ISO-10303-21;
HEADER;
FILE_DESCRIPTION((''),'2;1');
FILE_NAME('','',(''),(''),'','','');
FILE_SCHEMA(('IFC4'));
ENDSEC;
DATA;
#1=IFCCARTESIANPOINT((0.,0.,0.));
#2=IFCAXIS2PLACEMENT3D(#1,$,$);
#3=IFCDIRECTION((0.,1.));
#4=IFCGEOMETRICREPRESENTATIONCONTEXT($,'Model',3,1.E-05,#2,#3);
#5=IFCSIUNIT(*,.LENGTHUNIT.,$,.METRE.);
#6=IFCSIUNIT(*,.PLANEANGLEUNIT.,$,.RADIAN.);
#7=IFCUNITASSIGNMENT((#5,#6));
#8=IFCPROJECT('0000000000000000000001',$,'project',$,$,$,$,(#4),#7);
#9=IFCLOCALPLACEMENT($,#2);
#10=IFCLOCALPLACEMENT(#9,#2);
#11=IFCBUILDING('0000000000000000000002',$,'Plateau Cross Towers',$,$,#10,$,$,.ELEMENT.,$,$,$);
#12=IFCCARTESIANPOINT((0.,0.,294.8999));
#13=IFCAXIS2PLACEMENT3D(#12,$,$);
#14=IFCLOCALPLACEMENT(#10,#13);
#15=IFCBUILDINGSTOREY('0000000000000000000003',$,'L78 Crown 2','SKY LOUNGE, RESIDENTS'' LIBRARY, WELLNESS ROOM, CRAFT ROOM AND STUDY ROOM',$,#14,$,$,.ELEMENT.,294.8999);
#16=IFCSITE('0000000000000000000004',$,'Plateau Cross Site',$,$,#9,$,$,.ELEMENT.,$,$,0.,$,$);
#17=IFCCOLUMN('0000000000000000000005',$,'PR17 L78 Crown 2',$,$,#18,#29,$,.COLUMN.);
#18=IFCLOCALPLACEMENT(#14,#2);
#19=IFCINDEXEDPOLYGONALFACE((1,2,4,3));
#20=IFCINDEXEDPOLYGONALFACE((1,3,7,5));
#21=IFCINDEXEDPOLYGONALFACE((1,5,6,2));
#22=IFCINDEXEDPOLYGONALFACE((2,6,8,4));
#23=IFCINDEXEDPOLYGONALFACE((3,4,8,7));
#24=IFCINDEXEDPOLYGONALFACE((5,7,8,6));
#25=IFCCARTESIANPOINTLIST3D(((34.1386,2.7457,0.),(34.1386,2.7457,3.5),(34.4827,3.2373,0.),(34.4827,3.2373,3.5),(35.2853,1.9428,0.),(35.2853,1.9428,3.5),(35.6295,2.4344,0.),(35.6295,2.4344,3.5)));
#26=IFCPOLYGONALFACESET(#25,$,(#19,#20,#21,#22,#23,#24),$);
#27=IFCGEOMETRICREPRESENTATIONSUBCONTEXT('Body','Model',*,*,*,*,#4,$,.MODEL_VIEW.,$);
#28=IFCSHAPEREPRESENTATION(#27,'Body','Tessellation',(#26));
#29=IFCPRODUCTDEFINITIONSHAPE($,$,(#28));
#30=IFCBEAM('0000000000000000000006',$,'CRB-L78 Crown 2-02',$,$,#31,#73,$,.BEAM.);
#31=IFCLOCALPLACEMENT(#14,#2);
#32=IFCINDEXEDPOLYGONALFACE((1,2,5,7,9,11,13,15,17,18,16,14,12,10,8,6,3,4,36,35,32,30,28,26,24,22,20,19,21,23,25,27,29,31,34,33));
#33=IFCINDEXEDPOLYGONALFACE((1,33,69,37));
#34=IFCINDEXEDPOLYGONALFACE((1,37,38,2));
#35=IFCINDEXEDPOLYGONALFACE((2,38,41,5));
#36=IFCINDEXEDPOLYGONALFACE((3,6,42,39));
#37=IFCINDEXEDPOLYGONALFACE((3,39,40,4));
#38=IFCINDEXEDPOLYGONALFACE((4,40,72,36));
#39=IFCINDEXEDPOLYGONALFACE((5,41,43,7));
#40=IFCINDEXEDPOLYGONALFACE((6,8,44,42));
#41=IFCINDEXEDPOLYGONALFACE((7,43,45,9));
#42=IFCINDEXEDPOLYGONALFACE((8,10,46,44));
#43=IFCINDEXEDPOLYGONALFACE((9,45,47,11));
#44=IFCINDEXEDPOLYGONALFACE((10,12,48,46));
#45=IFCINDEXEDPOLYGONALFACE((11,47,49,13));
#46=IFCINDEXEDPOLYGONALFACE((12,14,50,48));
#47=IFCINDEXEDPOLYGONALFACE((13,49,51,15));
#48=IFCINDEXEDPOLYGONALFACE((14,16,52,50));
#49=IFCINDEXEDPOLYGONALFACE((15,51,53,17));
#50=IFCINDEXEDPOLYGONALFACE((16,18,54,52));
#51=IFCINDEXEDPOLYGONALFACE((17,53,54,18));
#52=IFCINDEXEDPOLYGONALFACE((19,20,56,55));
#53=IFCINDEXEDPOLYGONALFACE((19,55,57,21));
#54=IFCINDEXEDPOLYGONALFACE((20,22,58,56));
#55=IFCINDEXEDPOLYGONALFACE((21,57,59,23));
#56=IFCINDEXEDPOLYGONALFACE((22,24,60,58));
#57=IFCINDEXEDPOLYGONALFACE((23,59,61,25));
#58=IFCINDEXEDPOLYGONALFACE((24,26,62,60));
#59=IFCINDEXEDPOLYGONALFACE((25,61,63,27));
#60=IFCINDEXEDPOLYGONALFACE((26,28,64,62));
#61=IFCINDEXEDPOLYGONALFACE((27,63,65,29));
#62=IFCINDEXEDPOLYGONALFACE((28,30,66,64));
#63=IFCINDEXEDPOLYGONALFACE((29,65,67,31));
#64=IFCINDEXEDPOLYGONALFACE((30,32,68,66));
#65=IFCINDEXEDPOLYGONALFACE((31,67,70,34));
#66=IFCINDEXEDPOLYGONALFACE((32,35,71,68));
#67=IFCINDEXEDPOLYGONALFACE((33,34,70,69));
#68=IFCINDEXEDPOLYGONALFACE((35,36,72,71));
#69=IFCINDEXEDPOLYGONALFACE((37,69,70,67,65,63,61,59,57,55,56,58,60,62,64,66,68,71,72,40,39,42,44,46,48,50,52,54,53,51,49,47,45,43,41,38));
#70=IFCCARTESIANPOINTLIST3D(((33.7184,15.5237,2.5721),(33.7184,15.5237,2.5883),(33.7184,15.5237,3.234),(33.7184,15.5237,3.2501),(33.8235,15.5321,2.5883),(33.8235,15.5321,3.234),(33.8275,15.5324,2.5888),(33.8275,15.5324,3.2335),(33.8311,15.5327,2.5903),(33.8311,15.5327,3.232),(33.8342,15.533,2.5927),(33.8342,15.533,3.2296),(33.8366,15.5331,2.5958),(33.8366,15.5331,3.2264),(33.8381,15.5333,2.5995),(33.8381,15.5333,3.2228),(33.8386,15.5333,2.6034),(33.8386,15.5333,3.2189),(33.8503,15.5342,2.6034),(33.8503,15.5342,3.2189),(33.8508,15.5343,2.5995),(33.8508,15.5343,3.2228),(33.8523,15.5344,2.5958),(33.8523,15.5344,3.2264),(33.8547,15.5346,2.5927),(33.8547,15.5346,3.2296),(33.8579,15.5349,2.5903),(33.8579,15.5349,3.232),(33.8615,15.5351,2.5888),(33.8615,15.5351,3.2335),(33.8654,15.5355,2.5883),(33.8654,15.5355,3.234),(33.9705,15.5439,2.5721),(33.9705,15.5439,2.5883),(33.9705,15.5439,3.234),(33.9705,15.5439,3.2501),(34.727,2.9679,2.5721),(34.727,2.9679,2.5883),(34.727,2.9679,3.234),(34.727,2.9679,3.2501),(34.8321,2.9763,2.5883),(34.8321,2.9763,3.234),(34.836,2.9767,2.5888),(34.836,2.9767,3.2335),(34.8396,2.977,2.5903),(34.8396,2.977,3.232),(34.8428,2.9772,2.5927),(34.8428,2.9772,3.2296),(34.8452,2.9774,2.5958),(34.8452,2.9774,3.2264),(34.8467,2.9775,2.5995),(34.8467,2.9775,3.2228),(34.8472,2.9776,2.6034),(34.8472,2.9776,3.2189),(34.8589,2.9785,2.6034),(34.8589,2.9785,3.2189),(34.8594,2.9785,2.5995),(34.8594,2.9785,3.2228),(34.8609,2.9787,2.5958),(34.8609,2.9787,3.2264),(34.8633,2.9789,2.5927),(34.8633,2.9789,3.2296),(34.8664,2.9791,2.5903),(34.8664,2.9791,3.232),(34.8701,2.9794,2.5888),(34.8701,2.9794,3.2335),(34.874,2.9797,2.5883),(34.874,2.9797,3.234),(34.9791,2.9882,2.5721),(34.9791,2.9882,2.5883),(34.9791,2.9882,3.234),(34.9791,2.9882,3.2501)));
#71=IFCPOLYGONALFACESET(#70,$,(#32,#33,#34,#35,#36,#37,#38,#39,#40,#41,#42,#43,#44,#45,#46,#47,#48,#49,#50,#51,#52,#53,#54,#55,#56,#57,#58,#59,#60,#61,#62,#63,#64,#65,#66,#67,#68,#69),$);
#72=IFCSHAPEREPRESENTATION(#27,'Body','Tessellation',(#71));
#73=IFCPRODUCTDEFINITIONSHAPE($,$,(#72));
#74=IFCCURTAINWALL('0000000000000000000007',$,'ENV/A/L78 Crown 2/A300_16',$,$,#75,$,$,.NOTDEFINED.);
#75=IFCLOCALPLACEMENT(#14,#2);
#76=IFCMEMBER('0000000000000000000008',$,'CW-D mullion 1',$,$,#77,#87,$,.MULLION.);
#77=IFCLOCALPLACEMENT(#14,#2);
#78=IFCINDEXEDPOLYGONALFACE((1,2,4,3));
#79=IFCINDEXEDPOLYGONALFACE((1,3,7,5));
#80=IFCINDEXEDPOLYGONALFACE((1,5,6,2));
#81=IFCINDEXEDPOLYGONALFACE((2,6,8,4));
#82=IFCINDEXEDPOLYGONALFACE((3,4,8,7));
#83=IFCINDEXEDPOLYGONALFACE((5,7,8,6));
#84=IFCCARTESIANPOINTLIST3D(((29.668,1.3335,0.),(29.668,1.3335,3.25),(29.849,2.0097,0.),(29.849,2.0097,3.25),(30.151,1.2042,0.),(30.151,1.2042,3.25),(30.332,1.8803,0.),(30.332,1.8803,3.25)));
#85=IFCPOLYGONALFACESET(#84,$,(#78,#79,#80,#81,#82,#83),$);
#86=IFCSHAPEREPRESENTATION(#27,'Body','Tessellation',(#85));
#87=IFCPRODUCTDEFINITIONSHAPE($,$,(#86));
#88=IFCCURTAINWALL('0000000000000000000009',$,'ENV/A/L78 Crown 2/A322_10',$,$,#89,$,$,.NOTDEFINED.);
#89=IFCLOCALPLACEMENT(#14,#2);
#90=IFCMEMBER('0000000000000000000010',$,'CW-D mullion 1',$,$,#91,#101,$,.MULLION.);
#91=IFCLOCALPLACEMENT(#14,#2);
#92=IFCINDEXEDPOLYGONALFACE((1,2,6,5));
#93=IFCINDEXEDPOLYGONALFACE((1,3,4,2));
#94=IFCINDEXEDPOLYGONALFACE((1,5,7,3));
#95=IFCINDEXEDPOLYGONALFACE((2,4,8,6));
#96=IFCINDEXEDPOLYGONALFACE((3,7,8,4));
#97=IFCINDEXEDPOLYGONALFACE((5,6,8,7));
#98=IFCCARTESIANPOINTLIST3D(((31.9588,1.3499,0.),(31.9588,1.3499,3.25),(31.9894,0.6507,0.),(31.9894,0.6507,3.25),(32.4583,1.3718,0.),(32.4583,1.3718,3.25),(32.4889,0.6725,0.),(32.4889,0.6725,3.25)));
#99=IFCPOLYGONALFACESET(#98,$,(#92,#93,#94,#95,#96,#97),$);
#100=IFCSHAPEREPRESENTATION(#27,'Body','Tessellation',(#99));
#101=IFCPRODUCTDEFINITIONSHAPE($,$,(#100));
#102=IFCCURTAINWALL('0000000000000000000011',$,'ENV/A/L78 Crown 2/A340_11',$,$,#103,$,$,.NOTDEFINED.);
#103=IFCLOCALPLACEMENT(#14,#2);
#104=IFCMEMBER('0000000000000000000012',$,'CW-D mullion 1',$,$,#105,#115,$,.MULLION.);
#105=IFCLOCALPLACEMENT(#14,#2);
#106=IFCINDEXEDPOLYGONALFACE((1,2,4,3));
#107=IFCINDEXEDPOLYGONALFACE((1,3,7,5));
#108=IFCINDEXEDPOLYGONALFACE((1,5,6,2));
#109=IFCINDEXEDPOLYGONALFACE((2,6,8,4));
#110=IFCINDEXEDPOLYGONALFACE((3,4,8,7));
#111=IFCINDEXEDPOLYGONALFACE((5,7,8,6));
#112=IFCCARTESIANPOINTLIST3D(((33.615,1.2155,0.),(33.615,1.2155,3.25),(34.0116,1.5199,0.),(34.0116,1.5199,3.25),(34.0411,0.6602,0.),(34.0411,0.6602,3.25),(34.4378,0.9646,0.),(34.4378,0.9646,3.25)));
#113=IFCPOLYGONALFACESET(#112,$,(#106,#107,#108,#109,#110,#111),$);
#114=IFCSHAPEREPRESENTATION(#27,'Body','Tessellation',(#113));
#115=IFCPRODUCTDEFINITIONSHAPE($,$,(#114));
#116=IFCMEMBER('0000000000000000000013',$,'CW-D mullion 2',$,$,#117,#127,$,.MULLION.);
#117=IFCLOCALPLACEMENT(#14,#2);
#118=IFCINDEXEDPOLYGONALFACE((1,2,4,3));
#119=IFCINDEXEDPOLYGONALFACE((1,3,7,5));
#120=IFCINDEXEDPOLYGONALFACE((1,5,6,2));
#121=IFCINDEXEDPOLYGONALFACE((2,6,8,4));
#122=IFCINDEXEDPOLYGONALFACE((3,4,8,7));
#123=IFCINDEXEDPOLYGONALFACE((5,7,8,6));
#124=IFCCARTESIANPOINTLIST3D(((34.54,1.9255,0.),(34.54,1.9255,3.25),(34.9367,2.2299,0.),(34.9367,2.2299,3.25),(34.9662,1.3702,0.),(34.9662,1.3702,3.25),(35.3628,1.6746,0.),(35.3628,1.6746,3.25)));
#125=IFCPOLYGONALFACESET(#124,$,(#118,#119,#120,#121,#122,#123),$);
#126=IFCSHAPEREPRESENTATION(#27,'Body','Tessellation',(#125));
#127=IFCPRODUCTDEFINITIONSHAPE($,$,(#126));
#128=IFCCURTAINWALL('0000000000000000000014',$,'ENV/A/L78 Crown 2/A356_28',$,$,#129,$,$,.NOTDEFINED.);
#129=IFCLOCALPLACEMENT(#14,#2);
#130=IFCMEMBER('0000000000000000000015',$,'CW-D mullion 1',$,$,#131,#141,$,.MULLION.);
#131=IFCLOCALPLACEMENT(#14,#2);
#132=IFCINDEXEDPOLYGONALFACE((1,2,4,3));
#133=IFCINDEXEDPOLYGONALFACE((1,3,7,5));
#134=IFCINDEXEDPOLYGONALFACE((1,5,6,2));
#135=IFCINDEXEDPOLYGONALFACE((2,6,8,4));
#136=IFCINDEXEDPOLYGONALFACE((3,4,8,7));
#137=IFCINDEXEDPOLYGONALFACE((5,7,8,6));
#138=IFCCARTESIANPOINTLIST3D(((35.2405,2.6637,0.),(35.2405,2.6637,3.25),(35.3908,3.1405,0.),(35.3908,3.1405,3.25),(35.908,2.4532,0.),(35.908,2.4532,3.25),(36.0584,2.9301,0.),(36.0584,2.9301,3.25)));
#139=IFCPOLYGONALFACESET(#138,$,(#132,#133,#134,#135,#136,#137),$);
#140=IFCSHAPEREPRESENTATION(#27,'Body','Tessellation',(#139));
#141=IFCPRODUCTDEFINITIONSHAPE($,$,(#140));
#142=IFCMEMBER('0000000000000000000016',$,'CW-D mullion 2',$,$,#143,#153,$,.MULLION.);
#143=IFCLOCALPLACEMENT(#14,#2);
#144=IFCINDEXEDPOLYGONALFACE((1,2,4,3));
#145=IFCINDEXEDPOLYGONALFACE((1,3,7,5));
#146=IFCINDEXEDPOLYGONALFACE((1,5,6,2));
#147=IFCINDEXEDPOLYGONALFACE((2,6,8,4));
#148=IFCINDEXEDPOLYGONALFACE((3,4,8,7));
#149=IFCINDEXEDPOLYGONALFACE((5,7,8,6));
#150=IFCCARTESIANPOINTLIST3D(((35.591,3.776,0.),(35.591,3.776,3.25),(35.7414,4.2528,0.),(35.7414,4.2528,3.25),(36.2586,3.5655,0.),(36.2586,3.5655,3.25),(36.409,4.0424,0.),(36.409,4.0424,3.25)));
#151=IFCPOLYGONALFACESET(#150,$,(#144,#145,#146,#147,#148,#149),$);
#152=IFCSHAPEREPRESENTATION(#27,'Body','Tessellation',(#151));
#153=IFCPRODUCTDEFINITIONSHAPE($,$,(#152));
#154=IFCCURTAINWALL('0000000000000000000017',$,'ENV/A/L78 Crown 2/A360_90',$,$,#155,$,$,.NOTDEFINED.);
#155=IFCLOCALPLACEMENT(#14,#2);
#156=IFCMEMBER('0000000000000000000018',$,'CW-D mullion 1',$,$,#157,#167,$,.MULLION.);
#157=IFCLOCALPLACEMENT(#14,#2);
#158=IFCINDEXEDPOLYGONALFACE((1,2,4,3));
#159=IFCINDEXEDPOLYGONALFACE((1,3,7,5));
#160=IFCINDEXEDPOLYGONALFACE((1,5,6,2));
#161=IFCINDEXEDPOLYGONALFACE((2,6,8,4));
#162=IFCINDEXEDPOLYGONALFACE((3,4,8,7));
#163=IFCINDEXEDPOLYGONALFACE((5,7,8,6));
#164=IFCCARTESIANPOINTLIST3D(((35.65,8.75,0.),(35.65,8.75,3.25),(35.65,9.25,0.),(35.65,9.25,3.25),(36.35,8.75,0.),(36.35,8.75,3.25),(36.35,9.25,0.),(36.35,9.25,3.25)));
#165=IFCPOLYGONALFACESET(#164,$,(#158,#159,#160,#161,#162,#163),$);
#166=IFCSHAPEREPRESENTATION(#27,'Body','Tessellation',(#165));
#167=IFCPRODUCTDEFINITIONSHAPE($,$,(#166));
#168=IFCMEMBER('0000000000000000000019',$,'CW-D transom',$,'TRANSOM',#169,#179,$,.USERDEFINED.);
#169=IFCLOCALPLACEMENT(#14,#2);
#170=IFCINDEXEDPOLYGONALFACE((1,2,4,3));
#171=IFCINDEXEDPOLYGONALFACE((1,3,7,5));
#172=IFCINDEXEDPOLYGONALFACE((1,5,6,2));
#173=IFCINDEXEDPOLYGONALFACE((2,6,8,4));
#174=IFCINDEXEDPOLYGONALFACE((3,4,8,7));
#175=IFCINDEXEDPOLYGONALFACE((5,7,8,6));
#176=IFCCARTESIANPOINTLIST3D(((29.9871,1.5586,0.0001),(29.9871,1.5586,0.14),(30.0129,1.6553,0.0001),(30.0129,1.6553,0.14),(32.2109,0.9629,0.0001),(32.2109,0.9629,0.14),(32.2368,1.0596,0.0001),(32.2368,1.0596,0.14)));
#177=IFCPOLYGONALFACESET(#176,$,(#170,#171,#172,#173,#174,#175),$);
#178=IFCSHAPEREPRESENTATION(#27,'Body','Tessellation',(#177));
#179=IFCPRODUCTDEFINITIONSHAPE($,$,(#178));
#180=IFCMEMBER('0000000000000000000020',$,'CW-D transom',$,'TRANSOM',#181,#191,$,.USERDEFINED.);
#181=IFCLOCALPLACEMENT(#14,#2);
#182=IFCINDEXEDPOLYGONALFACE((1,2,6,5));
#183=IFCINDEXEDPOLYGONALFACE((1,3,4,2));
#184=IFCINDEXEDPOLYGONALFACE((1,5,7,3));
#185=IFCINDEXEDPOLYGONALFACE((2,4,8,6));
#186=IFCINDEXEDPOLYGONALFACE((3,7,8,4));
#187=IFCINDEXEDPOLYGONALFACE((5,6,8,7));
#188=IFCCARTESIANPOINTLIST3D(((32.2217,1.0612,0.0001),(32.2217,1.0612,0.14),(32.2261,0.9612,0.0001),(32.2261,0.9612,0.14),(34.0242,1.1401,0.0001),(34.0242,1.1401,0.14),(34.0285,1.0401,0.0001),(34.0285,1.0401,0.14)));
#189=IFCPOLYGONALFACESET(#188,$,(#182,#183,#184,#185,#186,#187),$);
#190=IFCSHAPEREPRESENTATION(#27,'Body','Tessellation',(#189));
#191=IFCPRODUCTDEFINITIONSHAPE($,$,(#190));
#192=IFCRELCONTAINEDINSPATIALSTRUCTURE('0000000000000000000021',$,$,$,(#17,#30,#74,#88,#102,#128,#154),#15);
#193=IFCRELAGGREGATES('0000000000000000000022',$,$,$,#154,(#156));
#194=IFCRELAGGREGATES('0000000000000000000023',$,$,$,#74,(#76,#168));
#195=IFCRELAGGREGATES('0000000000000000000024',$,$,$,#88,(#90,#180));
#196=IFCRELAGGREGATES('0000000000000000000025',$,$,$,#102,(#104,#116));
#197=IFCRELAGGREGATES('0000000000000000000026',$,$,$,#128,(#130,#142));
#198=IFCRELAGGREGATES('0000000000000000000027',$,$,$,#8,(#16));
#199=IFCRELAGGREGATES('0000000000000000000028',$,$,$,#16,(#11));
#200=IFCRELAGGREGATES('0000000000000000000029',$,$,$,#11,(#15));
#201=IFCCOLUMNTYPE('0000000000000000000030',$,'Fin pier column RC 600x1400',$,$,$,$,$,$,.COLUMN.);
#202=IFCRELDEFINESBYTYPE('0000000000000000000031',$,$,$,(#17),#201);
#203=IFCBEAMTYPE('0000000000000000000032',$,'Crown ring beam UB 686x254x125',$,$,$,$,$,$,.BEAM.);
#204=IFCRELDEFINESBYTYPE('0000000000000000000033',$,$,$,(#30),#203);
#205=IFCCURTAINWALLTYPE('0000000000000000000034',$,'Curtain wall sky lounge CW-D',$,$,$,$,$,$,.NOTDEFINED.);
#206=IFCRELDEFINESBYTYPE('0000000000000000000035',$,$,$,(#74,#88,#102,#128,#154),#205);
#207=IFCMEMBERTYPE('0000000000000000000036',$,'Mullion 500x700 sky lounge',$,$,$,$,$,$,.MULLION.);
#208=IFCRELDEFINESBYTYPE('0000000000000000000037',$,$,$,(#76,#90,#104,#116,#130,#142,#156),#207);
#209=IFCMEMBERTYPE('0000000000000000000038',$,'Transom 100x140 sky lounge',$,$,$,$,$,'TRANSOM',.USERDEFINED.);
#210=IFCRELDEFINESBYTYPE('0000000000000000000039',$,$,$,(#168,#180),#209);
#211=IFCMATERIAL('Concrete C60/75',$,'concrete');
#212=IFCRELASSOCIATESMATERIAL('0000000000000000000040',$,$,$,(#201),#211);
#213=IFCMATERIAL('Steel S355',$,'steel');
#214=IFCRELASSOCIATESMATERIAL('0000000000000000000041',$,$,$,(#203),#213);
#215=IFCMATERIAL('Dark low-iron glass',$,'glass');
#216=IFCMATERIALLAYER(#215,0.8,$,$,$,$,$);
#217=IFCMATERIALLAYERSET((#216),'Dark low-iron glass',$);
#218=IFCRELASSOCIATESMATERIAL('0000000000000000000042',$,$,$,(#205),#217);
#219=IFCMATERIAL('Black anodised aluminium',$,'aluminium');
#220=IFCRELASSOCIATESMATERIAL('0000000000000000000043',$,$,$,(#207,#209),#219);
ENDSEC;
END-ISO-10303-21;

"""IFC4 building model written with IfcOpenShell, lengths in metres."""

from ifc_helpers import new_model, si_unit, direction, frame, origin, origin_2d, place, context, subcontext, project, spatial, rectangle, i_section, extrude, material, layer, layer_set, material_profile, profile_set, type_object, element, aggregate, save


model = new_model("IFC4")

# Units and contexts
model_context = context("Model", 3, precision=1e-05, world=origin(), true_north=direction((0.0, 1.0)))
body_context = subcontext(model_context, "Body", "Model", "MODEL_VIEW")
ifc_project = project(units=[si_unit("LENGTHUNIT", "METRE"), si_unit("PLANEANGLEUNIT", "RADIAN")], contexts=[model_context])

# Site, building, storey
site_placement = place(None, origin())
site = spatial("IfcSite", under=ifc_project, at=site_placement, Name="Plateau Cross Site", CompositionType="ELEMENT", RefElevation=0.0)
building_placement = place(site_placement, origin())
building = spatial("IfcBuilding", under=site, at=building_placement, Name="Plateau Cross Towers", CompositionType="ELEMENT")
storey_placement = place(building_placement, frame((0.0, 0.0, 294.8999)))
storey = spatial("IfcBuildingStorey", under=building, at=storey_placement, Name="L78 Crown 2", Description="SKY LOUNGE, RESIDENTS' LIBRARY, WELLNESS ROOM, CRAFT ROOM AND STUDY ROOM", CompositionType="ELEMENT", Elevation=294.8999)

# Column
ifc_material_1 = material(Name="Concrete C60/75", Category="concrete")
ifc_material_profile_1 = material_profile(ifc_material_1, rectangle(XDim=0.6001, YDim=1.3999, at=origin_2d()), Name="RC 600x1400")
ifc_profile_set_1 = profile_set([ifc_material_profile_1], Name="Concrete C60/75")
column_type = type_object("IfcColumnType", Name="Fin pier column RC 600x1400", PredefinedType="COLUMN", material=ifc_profile_set_1)
column_placement = place(storey_placement, frame((34.884, 2.5901, 0.0), z_axis=(0.0, 0.0, 1.0), x_axis=(0.573543, 0.819176, 0.0)))
element("IfcColumn", 1, at=column_placement, inside=storey, type_object=column_type, Name="PR17 L78 Crown 2", PredefinedType="COLUMN", context=body_context, shape_type="SweptSolid", body=[
    extrude(rectangle(XDim=0.6001, YDim=1.3999, at=origin_2d()), origin(), (0.0, 0.0, 1.0), 3.5),
])

# Beam
ifc_material_2 = material(Name="Steel S355", Category="steel")
ifc_material_profile_2 = material_profile(ifc_material_2, i_section(OverallWidth=0.2529, OverallDepth=0.678, WebThickness=0.0117, FlangeThickness=0.0161, FilletRadius=0.0151, at=origin_2d()), Name="UB 686x254x125")
ifc_profile_set_2 = profile_set([ifc_material_profile_2], Name="Steel S355")
beam_type = type_object("IfcBeamType", Name="Crown ring beam UB 686x254x125", PredefinedType="BEAM", material=ifc_profile_set_2)
beam_placement = place(storey_placement, frame((34.853, 2.978, 2.9111), z_axis=(-0.080068, 0.996789, 0.0), x_axis=(-0.996789, -0.080068, 0.0)))
element("IfcBeam", 2, at=beam_placement, inside=storey, type_object=beam_type, Name="CRB-L78 Crown 2-02", PredefinedType="BEAM", context=body_context, shape_type="SweptSolid", body=[
    extrude(i_section(OverallWidth=0.2529, OverallDepth=0.678, WebThickness=0.0117, FlangeThickness=0.0161, FilletRadius=0.0151, at=origin_2d()), origin(), (0.0, 0.0, 1.0), 12.5962),
])

# Curtain walls, members
ifc_material_3 = material(Name="Dark low-iron glass", Category="glass")
ifc_layer_1 = layer(ifc_material_3, 0.8)
ifc_layer_set_1 = layer_set([ifc_layer_1], Name="Dark low-iron glass")
curtain_wall_type = type_object("IfcCurtainWallType", Name="Curtain wall sky lounge CW-D", PredefinedType="NOTDEFINED", material=ifc_layer_set_1)
curtain_wall_1_placement = place(storey_placement, origin())
curtain_wall_1 = element("IfcCurtainWall", 3, at=curtain_wall_1_placement, inside=storey, type_object=curtain_wall_type, Name="ENV/A/L78 Crown 2/A300_16", PredefinedType="NOTDEFINED")
ifc_material_4 = material(Name="Black anodised aluminium", Category="aluminium")
ifc_material_profile_3 = material_profile(ifc_material_4, rectangle(XDim=0.5, YDim=0.7, at=origin_2d()), Name="MULLION 500x700")
ifc_profile_set_3 = profile_set([ifc_material_profile_3], Name="Black anodised aluminium")
member_type_1 = type_object("IfcMemberType", Name="Mullion 500x700 sky lounge", PredefinedType="MULLION", material=ifc_profile_set_3)
member_1_placement = place(storey_placement, frame((30.0, 1.6069, 0.0), z_axis=(0.0, 0.0, 1.0), x_axis=(0.965958, -0.258699, 0.0)))
member_1 = element("IfcMember", 4, at=member_1_placement, type_object=member_type_1, Name="CW-D mullion 1", PredefinedType="MULLION", context=body_context, shape_type="SweptSolid", body=[
    extrude(rectangle(XDim=0.5, YDim=0.7, at=origin_2d()), origin(), (0.0, 0.0, 1.0), 3.25),
])
curtain_wall_2_placement = place(storey_placement, origin())
curtain_wall_2 = element("IfcCurtainWall", 5, at=curtain_wall_2_placement, inside=storey, type_object=curtain_wall_type, Name="ENV/A/L78 Crown 2/A322_10", PredefinedType="NOTDEFINED")
member_2_placement = place(storey_placement, frame((32.2239, 1.0112, 0.0), z_axis=(0.0, 0.0, 1.0), x_axis=(0.999044, 0.043723, 0.0)))
member_2 = element("IfcMember", 6, at=member_2_placement, type_object=member_type_1, Name="CW-D mullion 1", PredefinedType="MULLION", context=body_context, shape_type="SweptSolid", body=[
    extrude(rectangle(XDim=0.5, YDim=0.7, at=origin_2d()), origin(), (0.0, 0.0, 1.0), 3.25),
])

# Curtain walls, members
curtain_wall_3_placement = place(storey_placement, origin())
curtain_wall_3 = element("IfcCurtainWall", 7, at=curtain_wall_3_placement, inside=storey, type_object=curtain_wall_type, Name="ENV/A/L78 Crown 2/A340_11", PredefinedType="NOTDEFINED")
member_3_placement = place(storey_placement, frame((34.0264, 1.0901, 0.0), z_axis=(0.0, 0.0, 1.0), x_axis=(0.793316, 0.608811, 0.0)))
member_3 = element("IfcMember", 8, at=member_3_placement, type_object=member_type_1, Name="CW-D mullion 1", PredefinedType="MULLION", context=body_context, shape_type="SweptSolid", body=[
    extrude(rectangle(XDim=0.5, YDim=0.7, at=origin_2d()), origin(), (0.0, 0.0, 1.0), 3.25),
])
member_4_placement = place(storey_placement, frame((34.9514, 1.8, 0.0), z_axis=(0.0, 0.0, 1.0), x_axis=(0.793316, 0.608811, 0.0)))
member_4 = element("IfcMember", 9, at=member_4_placement, type_object=member_type_1, Name="CW-D mullion 2", PredefinedType="MULLION", context=body_context, shape_type="SweptSolid", body=[
    extrude(rectangle(XDim=0.5, YDim=0.7, at=origin_2d()), origin(), (0.0, 0.0, 1.0), 3.25),
])
curtain_wall_4_placement = place(storey_placement, origin())
curtain_wall_4 = element("IfcCurtainWall", 10, at=curtain_wall_4_placement, inside=storey, type_object=curtain_wall_type, Name="ENV/A/L78 Crown 2/A356_28", PredefinedType="NOTDEFINED")
member_5_placement = place(storey_placement, frame((35.6494, 2.7969, 0.0), z_axis=(0.0, 0.0, 1.0), x_axis=(0.300686, 0.953723, 0.0)))
member_5 = element("IfcMember", 11, at=member_5_placement, type_object=member_type_1, Name="CW-D mullion 1", PredefinedType="MULLION", context=body_context, shape_type="SweptSolid", body=[
    extrude(rectangle(XDim=0.5, YDim=0.7, at=origin_2d()), origin(), (0.0, 0.0, 1.0), 3.25),
])
member_6_placement = place(storey_placement, frame((36.0, 3.9092, 0.0), z_axis=(0.0, 0.0, 1.0), x_axis=(0.300686, 0.953723, 0.0)))
member_6 = element("IfcMember", 12, at=member_6_placement, type_object=member_type_1, Name="CW-D mullion 2", PredefinedType="MULLION", context=body_context, shape_type="SweptSolid", body=[
    extrude(rectangle(XDim=0.5, YDim=0.7, at=origin_2d()), origin(), (0.0, 0.0, 1.0), 3.25),
])

# Curtain wall, member
curtain_wall_5_placement = place(storey_placement, origin())
curtain_wall_5 = element("IfcCurtainWall", 13, at=curtain_wall_5_placement, inside=storey, type_object=curtain_wall_type, Name="ENV/A/L78 Crown 2/A360_90", PredefinedType="NOTDEFINED")
member_7_placement = place(storey_placement, frame((36.0, 9.0, 0.0), z_axis=(0.0, 0.0, 1.0), x_axis=(0.0, 1.0, 0.0)))
member_7 = element("IfcMember", 14, at=member_7_placement, type_object=member_type_1, Name="CW-D mullion 1", PredefinedType="MULLION", context=body_context, shape_type="SweptSolid", body=[
    extrude(rectangle(XDim=0.5, YDim=0.7, at=origin_2d()), origin(), (0.0, 0.0, 1.0), 3.25),
])

# Members
ifc_material_profile_4 = material_profile(ifc_material_4, rectangle(XDim=0.1001, YDim=0.1399, at=origin_2d()), Name="TRANSOM 100x140")
ifc_profile_set_4 = profile_set([ifc_material_profile_4], Name="Black anodised aluminium")
member_type_2 = type_object("IfcMemberType", Name="Transom 100x140 sky lounge", ElementType="TRANSOM", PredefinedType="USERDEFINED", material=ifc_profile_set_4)
member_8_placement = place(storey_placement, frame((30.0, 1.6069, 0.0701), z_axis=(0.965946, -0.258745, 0.0), x_axis=(0.258745, 0.965946, 0.0)))
member_8 = element("IfcMember", 15, at=member_8_placement, type_object=member_type_2, Name="CW-D transom", ObjectType="TRANSOM", PredefinedType="USERDEFINED", context=body_context, shape_type="SweptSolid", body=[
    extrude(rectangle(XDim=0.1001, YDim=0.1399, at=origin_2d()), origin(), (0.0, 0.0, 1.0), 2.3022),
])
member_9_placement = place(storey_placement, frame((32.2239, 1.0112, 0.0701), z_axis=(0.999044, 0.043707, 0.0), x_axis=(-0.043707, 0.999044, 0.0)))
member_9 = element("IfcMember", 16, at=member_9_placement, type_object=member_type_2, Name="CW-D transom", ObjectType="TRANSOM", PredefinedType="USERDEFINED", context=body_context, shape_type="SweptSolid", body=[
    extrude(rectangle(XDim=0.1001, YDim=0.1399, at=origin_2d()), origin(), (0.0, 0.0, 1.0), 1.8042),
])
aggregate(curtain_wall_5, [member_7])

aggregate(curtain_wall_1, [member_1, member_8])
aggregate(curtain_wall_2, [member_2, member_9])
aggregate(curtain_wall_3, [member_3, member_4])
aggregate(curtain_wall_4, [member_5, member_6])

save(model, "model.ifc")
